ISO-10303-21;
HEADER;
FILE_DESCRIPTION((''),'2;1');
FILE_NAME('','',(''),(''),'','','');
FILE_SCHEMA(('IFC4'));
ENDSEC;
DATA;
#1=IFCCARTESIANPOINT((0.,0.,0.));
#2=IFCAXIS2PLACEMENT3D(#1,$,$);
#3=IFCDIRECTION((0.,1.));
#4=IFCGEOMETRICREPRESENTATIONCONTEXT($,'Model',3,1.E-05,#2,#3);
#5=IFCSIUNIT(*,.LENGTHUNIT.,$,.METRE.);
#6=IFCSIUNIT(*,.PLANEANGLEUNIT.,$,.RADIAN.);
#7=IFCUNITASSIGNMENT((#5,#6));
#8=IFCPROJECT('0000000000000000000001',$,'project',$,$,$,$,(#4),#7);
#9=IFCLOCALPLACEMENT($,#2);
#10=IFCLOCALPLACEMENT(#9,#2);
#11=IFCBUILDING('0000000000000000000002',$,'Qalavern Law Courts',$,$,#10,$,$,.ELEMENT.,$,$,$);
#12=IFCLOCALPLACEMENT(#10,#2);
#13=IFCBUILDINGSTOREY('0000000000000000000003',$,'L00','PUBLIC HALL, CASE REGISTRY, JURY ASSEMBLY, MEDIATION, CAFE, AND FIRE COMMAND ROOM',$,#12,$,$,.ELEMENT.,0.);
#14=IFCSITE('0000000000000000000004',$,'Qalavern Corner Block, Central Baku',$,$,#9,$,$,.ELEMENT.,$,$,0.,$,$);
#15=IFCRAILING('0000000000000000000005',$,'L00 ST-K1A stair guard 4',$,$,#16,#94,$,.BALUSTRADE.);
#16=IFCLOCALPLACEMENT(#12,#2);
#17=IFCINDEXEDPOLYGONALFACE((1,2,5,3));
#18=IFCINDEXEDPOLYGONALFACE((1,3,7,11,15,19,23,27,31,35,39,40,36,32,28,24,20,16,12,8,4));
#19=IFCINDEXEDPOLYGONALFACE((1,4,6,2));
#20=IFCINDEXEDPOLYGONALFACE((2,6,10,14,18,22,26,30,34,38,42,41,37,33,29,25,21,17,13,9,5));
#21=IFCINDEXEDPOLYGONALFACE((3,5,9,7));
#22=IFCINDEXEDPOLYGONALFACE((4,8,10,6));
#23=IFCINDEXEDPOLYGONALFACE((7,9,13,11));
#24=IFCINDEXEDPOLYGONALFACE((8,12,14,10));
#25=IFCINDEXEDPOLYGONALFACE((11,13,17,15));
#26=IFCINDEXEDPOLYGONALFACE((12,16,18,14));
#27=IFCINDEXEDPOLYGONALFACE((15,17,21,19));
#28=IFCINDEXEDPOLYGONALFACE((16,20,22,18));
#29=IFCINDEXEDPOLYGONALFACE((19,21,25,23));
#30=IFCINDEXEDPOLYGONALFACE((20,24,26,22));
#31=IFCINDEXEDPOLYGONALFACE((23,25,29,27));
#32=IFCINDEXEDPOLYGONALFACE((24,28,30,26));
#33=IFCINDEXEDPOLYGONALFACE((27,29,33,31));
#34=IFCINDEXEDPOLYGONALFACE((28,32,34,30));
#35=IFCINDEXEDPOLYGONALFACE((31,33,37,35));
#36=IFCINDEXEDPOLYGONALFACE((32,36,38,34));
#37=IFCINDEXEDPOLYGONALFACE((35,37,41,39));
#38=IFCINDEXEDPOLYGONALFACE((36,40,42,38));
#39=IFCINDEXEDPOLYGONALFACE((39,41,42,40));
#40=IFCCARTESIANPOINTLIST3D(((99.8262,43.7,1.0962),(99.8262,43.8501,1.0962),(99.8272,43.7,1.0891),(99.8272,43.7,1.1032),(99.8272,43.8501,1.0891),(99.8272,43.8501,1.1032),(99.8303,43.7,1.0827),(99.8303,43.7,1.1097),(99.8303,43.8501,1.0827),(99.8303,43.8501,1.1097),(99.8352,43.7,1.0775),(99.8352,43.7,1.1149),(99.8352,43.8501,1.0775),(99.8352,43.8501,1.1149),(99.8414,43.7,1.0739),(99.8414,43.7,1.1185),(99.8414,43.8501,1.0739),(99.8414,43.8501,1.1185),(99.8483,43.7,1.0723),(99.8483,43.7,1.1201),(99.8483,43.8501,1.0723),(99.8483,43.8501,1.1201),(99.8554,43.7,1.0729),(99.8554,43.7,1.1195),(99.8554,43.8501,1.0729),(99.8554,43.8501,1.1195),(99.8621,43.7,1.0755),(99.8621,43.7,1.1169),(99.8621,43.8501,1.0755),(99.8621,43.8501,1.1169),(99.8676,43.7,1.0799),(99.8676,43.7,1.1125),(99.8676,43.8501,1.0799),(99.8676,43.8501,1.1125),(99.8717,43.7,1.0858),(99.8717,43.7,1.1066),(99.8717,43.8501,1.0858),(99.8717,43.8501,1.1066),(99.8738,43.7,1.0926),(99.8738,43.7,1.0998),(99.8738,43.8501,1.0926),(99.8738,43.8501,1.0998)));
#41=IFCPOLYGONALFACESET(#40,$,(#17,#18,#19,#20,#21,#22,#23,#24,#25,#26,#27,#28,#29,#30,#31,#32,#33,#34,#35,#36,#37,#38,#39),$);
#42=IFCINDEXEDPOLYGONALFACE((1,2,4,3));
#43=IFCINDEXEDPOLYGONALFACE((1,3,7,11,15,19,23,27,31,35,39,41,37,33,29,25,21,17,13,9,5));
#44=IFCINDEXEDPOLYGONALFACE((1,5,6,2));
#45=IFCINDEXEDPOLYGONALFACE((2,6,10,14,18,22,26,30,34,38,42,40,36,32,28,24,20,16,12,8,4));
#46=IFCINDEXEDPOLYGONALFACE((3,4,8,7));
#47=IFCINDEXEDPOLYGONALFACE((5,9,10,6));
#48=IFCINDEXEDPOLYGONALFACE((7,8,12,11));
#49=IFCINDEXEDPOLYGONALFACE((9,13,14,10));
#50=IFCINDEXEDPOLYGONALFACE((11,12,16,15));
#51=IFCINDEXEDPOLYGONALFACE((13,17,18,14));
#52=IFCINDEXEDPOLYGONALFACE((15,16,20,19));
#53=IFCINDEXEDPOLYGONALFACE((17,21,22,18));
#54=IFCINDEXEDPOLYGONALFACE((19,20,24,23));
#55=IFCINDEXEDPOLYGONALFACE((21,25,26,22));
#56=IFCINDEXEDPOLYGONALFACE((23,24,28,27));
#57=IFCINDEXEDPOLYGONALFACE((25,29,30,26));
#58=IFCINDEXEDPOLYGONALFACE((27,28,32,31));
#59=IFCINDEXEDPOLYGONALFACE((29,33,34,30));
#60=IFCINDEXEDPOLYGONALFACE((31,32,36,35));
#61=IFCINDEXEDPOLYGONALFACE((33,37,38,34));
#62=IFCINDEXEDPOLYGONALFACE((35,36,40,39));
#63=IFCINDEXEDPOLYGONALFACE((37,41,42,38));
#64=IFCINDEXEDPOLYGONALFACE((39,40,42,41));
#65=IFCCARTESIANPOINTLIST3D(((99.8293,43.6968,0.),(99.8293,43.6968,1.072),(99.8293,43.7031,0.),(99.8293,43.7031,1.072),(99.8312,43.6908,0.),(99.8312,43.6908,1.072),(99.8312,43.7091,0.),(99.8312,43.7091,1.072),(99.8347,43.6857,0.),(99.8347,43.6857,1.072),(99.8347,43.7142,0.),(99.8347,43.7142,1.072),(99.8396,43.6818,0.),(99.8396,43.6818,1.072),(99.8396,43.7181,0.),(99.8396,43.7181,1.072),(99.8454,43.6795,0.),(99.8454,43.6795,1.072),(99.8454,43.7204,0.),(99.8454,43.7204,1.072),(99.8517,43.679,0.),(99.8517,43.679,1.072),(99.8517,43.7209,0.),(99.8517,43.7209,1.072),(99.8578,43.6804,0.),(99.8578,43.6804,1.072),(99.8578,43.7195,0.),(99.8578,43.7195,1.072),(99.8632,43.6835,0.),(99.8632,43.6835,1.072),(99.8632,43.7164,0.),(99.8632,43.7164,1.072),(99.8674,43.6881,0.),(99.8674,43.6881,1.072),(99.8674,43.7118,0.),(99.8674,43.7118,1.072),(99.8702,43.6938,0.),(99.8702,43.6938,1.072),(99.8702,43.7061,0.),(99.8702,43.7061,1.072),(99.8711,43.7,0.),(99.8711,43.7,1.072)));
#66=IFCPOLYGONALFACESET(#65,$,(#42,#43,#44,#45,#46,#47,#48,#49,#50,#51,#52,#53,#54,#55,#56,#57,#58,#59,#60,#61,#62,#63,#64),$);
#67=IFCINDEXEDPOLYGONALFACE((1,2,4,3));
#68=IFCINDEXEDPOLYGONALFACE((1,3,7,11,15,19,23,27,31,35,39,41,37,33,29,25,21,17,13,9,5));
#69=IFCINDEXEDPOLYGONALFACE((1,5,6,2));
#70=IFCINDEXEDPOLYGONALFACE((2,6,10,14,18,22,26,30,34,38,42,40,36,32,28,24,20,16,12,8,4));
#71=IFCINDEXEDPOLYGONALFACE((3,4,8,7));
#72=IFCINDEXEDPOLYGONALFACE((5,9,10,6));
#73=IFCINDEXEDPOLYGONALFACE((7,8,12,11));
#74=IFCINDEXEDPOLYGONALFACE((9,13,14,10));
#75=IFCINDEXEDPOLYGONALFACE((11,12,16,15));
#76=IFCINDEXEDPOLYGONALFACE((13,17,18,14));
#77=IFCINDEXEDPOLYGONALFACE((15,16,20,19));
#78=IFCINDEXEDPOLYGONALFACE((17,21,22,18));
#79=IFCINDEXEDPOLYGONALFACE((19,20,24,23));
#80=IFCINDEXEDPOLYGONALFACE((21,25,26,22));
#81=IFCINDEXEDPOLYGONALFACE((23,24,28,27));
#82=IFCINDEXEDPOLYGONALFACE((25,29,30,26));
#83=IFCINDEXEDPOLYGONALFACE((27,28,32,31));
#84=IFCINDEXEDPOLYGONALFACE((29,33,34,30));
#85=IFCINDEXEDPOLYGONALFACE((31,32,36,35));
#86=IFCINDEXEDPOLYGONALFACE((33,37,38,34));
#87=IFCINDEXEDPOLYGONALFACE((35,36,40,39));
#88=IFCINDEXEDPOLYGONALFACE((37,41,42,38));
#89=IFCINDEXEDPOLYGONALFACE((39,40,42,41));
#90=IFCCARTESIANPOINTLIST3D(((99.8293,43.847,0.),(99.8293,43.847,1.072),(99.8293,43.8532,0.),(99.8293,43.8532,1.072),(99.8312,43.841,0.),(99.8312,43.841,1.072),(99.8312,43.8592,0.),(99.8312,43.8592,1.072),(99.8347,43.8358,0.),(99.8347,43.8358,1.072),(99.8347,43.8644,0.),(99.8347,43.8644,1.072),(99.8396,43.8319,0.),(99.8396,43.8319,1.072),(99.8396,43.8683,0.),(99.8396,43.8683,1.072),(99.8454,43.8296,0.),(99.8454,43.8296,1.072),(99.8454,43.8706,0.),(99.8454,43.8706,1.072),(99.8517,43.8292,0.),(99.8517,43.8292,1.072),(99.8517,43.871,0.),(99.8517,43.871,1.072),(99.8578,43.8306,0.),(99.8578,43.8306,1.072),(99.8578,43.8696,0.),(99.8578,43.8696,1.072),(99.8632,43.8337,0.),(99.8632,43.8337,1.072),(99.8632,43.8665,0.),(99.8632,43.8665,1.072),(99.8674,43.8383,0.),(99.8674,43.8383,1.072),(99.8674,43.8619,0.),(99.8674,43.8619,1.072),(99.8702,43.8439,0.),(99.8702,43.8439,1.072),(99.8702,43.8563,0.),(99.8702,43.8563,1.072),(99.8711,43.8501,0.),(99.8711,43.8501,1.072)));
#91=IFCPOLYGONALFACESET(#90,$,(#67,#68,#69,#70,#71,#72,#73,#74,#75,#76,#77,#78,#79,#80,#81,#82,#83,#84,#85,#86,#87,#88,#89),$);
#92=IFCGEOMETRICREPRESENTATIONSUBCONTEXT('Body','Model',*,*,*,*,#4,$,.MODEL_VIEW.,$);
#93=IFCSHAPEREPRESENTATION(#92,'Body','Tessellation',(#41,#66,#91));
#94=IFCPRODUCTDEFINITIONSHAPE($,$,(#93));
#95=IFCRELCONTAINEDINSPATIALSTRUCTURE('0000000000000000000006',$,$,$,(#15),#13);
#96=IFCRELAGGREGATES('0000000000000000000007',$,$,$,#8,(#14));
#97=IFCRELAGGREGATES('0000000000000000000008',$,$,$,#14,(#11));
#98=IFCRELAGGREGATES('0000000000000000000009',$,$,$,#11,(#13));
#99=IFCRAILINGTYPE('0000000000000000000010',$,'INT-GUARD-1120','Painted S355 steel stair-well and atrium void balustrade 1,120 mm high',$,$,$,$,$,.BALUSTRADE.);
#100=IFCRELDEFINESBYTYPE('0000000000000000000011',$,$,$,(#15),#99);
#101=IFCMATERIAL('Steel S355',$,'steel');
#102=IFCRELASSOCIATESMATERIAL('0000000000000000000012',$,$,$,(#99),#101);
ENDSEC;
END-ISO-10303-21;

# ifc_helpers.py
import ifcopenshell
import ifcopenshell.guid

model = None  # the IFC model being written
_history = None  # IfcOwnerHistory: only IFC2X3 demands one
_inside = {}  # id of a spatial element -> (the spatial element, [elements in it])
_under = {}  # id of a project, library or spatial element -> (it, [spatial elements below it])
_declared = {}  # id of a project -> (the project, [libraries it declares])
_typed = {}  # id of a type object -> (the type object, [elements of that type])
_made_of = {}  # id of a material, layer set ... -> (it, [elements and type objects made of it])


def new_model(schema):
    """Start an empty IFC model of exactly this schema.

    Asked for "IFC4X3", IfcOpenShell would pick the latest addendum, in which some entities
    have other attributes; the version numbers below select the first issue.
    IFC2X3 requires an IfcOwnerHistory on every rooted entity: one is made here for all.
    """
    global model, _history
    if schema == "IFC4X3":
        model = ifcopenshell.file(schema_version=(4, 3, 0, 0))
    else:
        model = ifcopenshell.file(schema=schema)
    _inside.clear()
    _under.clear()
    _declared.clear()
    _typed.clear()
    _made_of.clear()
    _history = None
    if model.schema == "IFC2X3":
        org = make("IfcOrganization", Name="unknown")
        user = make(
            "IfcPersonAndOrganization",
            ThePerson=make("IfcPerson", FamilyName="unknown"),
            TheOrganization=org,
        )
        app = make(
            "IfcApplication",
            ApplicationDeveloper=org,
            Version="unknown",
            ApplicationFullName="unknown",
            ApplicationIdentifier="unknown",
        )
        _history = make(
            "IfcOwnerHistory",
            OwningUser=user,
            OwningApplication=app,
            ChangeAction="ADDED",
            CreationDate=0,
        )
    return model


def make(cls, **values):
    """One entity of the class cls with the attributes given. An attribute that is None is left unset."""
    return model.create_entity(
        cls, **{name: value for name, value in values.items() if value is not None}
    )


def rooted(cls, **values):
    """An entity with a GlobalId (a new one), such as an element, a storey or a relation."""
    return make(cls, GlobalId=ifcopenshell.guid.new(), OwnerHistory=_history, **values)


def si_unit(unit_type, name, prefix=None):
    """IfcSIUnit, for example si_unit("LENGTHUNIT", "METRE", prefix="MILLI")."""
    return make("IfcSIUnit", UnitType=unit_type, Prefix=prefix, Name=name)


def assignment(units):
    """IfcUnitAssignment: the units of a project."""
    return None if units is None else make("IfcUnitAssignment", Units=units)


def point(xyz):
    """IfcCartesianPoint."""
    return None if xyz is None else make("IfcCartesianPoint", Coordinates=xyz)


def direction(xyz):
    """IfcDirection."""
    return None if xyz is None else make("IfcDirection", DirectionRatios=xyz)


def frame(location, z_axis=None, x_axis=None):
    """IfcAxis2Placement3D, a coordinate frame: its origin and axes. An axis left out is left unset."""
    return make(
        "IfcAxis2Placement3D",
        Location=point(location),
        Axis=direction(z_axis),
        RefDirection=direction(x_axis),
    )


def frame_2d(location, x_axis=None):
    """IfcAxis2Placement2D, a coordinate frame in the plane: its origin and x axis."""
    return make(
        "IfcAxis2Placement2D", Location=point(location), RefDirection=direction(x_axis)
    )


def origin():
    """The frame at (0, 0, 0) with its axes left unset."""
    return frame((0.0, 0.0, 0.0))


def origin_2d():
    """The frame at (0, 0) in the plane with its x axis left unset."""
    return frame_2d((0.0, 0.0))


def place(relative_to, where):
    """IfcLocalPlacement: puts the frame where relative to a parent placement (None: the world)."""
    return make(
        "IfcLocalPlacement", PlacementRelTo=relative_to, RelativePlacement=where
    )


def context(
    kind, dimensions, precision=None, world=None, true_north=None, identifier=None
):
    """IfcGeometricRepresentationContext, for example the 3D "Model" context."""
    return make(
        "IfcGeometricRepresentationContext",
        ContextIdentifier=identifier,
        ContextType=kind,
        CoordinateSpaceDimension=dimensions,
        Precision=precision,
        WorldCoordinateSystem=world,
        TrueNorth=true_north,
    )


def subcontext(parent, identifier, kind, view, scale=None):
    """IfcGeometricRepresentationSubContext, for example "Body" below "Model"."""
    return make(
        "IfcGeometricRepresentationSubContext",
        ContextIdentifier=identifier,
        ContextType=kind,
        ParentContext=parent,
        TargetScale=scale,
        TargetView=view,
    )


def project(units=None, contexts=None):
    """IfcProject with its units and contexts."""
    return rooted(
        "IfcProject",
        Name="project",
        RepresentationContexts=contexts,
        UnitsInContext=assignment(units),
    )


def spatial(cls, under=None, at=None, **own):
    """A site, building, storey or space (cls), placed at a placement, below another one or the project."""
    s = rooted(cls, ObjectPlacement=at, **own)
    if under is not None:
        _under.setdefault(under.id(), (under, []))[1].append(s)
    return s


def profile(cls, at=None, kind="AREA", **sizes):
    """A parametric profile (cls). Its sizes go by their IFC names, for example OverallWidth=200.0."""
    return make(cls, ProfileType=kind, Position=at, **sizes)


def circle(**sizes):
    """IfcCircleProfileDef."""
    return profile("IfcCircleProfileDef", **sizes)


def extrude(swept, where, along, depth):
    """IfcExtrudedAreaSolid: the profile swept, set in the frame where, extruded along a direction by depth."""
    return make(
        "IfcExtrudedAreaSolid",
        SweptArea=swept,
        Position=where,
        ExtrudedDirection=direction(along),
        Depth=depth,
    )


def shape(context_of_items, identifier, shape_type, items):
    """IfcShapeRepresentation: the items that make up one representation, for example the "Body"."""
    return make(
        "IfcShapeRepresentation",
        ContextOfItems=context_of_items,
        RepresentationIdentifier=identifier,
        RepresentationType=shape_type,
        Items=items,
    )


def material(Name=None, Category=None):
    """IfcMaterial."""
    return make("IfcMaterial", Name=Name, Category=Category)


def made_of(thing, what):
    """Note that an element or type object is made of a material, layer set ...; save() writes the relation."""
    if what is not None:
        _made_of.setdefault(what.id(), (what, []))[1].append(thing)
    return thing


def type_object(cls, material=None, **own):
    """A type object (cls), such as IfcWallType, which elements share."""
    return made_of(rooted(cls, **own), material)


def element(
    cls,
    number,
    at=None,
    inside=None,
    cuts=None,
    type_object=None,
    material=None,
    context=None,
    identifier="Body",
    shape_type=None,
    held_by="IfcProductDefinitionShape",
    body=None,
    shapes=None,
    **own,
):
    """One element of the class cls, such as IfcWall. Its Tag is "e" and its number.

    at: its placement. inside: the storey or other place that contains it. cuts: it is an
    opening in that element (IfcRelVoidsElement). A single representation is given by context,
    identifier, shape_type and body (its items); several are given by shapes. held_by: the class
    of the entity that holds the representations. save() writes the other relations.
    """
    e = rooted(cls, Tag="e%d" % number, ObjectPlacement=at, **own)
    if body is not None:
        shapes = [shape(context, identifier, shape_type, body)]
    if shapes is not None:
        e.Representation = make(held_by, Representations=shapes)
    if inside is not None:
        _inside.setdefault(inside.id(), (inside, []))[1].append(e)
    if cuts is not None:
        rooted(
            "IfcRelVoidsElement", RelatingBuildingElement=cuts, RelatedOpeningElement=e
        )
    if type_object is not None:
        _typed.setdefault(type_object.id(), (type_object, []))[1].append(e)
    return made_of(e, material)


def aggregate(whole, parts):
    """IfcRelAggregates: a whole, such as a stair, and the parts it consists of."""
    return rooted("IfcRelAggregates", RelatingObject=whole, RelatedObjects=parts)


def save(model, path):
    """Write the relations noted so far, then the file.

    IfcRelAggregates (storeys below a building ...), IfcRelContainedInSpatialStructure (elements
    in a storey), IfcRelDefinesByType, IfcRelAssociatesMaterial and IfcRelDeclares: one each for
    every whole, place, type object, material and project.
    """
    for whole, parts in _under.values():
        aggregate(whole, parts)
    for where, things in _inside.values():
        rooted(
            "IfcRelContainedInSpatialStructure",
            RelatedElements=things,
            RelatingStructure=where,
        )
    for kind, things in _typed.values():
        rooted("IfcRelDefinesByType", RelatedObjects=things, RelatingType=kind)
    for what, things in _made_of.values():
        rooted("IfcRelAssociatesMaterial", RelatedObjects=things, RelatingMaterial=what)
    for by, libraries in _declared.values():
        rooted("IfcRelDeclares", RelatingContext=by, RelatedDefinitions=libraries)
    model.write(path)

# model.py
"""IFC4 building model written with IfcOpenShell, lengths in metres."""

from ifc_helpers import new_model, si_unit, direction, frame, origin, origin_2d, place, context, subcontext, project, spatial, circle, extrude, material, type_object, element, save


model = new_model("IFC4")

# Units and contexts
model_context = context("Model", 3, precision=1e-05, world=origin(), true_north=direction((0.0, 1.0)))
body_context = subcontext(model_context, "Body", "Model", "MODEL_VIEW")
ifc_project = project(units=[si_unit("LENGTHUNIT", "METRE"), si_unit("PLANEANGLEUNIT", "RADIAN")], contexts=[model_context])

# Site, building, storey
site_placement = place(None, origin())
site = spatial("IfcSite", under=ifc_project, at=site_placement, Name="Qalavern Corner Block, Central Baku", CompositionType="ELEMENT", RefElevation=0.0)
building_placement = place(site_placement, origin())
building = spatial("IfcBuilding", under=site, at=building_placement, Name="Qalavern Law Courts", CompositionType="ELEMENT")
storey_placement = place(building_placement, origin())
storey = spatial("IfcBuildingStorey", under=building, at=storey_placement, Name="L00", Description="PUBLIC HALL, CASE REGISTRY, JURY ASSEMBLY, MEDIATION, CAFE, AND FIRE COMMAND ROOM", CompositionType="ELEMENT", Elevation=0.0)

# Shared definitions
ifc_material_1 = material(Name="Steel S355", Category="steel")

# Railing
railing_type_1 = type_object("IfcRailingType", Name="INT-GUARD-1120", Description="Painted S355 steel stair-well and atrium void balustrade 1,120 mm high", PredefinedType="BALUSTRADE", material=ifc_material_1)
railing_1_placement = place(storey_placement, frame((99.8501, 43.7, 0.0)))
element("IfcRailing", 1, at=railing_1_placement, inside=storey, type_object=railing_type_1, Name="L00 ST-K1A stair guard 4", PredefinedType="BALUSTRADE", context=body_context, shape_type="SweptSolid", body=[
    extrude(circle(Radius=0.0239, at=origin_2d()), frame((0.0, 0.0, 1.0962), z_axis=(0.0, 1.0, 0.0), x_axis=(-1.0, 0.0, 0.0)), (0.0, 0.0, 1.0), 0.1501),
    extrude(circle(Radius=0.021, at=origin_2d()), origin(), (0.0, 0.0, 1.0), 1.072),
    extrude(circle(Radius=0.021, at=origin_2d()), frame((0.0, 0.1501, 0.0)), (0.0, 0.0, 1.0), 1.072),
])

save(model, "model.ifc")
